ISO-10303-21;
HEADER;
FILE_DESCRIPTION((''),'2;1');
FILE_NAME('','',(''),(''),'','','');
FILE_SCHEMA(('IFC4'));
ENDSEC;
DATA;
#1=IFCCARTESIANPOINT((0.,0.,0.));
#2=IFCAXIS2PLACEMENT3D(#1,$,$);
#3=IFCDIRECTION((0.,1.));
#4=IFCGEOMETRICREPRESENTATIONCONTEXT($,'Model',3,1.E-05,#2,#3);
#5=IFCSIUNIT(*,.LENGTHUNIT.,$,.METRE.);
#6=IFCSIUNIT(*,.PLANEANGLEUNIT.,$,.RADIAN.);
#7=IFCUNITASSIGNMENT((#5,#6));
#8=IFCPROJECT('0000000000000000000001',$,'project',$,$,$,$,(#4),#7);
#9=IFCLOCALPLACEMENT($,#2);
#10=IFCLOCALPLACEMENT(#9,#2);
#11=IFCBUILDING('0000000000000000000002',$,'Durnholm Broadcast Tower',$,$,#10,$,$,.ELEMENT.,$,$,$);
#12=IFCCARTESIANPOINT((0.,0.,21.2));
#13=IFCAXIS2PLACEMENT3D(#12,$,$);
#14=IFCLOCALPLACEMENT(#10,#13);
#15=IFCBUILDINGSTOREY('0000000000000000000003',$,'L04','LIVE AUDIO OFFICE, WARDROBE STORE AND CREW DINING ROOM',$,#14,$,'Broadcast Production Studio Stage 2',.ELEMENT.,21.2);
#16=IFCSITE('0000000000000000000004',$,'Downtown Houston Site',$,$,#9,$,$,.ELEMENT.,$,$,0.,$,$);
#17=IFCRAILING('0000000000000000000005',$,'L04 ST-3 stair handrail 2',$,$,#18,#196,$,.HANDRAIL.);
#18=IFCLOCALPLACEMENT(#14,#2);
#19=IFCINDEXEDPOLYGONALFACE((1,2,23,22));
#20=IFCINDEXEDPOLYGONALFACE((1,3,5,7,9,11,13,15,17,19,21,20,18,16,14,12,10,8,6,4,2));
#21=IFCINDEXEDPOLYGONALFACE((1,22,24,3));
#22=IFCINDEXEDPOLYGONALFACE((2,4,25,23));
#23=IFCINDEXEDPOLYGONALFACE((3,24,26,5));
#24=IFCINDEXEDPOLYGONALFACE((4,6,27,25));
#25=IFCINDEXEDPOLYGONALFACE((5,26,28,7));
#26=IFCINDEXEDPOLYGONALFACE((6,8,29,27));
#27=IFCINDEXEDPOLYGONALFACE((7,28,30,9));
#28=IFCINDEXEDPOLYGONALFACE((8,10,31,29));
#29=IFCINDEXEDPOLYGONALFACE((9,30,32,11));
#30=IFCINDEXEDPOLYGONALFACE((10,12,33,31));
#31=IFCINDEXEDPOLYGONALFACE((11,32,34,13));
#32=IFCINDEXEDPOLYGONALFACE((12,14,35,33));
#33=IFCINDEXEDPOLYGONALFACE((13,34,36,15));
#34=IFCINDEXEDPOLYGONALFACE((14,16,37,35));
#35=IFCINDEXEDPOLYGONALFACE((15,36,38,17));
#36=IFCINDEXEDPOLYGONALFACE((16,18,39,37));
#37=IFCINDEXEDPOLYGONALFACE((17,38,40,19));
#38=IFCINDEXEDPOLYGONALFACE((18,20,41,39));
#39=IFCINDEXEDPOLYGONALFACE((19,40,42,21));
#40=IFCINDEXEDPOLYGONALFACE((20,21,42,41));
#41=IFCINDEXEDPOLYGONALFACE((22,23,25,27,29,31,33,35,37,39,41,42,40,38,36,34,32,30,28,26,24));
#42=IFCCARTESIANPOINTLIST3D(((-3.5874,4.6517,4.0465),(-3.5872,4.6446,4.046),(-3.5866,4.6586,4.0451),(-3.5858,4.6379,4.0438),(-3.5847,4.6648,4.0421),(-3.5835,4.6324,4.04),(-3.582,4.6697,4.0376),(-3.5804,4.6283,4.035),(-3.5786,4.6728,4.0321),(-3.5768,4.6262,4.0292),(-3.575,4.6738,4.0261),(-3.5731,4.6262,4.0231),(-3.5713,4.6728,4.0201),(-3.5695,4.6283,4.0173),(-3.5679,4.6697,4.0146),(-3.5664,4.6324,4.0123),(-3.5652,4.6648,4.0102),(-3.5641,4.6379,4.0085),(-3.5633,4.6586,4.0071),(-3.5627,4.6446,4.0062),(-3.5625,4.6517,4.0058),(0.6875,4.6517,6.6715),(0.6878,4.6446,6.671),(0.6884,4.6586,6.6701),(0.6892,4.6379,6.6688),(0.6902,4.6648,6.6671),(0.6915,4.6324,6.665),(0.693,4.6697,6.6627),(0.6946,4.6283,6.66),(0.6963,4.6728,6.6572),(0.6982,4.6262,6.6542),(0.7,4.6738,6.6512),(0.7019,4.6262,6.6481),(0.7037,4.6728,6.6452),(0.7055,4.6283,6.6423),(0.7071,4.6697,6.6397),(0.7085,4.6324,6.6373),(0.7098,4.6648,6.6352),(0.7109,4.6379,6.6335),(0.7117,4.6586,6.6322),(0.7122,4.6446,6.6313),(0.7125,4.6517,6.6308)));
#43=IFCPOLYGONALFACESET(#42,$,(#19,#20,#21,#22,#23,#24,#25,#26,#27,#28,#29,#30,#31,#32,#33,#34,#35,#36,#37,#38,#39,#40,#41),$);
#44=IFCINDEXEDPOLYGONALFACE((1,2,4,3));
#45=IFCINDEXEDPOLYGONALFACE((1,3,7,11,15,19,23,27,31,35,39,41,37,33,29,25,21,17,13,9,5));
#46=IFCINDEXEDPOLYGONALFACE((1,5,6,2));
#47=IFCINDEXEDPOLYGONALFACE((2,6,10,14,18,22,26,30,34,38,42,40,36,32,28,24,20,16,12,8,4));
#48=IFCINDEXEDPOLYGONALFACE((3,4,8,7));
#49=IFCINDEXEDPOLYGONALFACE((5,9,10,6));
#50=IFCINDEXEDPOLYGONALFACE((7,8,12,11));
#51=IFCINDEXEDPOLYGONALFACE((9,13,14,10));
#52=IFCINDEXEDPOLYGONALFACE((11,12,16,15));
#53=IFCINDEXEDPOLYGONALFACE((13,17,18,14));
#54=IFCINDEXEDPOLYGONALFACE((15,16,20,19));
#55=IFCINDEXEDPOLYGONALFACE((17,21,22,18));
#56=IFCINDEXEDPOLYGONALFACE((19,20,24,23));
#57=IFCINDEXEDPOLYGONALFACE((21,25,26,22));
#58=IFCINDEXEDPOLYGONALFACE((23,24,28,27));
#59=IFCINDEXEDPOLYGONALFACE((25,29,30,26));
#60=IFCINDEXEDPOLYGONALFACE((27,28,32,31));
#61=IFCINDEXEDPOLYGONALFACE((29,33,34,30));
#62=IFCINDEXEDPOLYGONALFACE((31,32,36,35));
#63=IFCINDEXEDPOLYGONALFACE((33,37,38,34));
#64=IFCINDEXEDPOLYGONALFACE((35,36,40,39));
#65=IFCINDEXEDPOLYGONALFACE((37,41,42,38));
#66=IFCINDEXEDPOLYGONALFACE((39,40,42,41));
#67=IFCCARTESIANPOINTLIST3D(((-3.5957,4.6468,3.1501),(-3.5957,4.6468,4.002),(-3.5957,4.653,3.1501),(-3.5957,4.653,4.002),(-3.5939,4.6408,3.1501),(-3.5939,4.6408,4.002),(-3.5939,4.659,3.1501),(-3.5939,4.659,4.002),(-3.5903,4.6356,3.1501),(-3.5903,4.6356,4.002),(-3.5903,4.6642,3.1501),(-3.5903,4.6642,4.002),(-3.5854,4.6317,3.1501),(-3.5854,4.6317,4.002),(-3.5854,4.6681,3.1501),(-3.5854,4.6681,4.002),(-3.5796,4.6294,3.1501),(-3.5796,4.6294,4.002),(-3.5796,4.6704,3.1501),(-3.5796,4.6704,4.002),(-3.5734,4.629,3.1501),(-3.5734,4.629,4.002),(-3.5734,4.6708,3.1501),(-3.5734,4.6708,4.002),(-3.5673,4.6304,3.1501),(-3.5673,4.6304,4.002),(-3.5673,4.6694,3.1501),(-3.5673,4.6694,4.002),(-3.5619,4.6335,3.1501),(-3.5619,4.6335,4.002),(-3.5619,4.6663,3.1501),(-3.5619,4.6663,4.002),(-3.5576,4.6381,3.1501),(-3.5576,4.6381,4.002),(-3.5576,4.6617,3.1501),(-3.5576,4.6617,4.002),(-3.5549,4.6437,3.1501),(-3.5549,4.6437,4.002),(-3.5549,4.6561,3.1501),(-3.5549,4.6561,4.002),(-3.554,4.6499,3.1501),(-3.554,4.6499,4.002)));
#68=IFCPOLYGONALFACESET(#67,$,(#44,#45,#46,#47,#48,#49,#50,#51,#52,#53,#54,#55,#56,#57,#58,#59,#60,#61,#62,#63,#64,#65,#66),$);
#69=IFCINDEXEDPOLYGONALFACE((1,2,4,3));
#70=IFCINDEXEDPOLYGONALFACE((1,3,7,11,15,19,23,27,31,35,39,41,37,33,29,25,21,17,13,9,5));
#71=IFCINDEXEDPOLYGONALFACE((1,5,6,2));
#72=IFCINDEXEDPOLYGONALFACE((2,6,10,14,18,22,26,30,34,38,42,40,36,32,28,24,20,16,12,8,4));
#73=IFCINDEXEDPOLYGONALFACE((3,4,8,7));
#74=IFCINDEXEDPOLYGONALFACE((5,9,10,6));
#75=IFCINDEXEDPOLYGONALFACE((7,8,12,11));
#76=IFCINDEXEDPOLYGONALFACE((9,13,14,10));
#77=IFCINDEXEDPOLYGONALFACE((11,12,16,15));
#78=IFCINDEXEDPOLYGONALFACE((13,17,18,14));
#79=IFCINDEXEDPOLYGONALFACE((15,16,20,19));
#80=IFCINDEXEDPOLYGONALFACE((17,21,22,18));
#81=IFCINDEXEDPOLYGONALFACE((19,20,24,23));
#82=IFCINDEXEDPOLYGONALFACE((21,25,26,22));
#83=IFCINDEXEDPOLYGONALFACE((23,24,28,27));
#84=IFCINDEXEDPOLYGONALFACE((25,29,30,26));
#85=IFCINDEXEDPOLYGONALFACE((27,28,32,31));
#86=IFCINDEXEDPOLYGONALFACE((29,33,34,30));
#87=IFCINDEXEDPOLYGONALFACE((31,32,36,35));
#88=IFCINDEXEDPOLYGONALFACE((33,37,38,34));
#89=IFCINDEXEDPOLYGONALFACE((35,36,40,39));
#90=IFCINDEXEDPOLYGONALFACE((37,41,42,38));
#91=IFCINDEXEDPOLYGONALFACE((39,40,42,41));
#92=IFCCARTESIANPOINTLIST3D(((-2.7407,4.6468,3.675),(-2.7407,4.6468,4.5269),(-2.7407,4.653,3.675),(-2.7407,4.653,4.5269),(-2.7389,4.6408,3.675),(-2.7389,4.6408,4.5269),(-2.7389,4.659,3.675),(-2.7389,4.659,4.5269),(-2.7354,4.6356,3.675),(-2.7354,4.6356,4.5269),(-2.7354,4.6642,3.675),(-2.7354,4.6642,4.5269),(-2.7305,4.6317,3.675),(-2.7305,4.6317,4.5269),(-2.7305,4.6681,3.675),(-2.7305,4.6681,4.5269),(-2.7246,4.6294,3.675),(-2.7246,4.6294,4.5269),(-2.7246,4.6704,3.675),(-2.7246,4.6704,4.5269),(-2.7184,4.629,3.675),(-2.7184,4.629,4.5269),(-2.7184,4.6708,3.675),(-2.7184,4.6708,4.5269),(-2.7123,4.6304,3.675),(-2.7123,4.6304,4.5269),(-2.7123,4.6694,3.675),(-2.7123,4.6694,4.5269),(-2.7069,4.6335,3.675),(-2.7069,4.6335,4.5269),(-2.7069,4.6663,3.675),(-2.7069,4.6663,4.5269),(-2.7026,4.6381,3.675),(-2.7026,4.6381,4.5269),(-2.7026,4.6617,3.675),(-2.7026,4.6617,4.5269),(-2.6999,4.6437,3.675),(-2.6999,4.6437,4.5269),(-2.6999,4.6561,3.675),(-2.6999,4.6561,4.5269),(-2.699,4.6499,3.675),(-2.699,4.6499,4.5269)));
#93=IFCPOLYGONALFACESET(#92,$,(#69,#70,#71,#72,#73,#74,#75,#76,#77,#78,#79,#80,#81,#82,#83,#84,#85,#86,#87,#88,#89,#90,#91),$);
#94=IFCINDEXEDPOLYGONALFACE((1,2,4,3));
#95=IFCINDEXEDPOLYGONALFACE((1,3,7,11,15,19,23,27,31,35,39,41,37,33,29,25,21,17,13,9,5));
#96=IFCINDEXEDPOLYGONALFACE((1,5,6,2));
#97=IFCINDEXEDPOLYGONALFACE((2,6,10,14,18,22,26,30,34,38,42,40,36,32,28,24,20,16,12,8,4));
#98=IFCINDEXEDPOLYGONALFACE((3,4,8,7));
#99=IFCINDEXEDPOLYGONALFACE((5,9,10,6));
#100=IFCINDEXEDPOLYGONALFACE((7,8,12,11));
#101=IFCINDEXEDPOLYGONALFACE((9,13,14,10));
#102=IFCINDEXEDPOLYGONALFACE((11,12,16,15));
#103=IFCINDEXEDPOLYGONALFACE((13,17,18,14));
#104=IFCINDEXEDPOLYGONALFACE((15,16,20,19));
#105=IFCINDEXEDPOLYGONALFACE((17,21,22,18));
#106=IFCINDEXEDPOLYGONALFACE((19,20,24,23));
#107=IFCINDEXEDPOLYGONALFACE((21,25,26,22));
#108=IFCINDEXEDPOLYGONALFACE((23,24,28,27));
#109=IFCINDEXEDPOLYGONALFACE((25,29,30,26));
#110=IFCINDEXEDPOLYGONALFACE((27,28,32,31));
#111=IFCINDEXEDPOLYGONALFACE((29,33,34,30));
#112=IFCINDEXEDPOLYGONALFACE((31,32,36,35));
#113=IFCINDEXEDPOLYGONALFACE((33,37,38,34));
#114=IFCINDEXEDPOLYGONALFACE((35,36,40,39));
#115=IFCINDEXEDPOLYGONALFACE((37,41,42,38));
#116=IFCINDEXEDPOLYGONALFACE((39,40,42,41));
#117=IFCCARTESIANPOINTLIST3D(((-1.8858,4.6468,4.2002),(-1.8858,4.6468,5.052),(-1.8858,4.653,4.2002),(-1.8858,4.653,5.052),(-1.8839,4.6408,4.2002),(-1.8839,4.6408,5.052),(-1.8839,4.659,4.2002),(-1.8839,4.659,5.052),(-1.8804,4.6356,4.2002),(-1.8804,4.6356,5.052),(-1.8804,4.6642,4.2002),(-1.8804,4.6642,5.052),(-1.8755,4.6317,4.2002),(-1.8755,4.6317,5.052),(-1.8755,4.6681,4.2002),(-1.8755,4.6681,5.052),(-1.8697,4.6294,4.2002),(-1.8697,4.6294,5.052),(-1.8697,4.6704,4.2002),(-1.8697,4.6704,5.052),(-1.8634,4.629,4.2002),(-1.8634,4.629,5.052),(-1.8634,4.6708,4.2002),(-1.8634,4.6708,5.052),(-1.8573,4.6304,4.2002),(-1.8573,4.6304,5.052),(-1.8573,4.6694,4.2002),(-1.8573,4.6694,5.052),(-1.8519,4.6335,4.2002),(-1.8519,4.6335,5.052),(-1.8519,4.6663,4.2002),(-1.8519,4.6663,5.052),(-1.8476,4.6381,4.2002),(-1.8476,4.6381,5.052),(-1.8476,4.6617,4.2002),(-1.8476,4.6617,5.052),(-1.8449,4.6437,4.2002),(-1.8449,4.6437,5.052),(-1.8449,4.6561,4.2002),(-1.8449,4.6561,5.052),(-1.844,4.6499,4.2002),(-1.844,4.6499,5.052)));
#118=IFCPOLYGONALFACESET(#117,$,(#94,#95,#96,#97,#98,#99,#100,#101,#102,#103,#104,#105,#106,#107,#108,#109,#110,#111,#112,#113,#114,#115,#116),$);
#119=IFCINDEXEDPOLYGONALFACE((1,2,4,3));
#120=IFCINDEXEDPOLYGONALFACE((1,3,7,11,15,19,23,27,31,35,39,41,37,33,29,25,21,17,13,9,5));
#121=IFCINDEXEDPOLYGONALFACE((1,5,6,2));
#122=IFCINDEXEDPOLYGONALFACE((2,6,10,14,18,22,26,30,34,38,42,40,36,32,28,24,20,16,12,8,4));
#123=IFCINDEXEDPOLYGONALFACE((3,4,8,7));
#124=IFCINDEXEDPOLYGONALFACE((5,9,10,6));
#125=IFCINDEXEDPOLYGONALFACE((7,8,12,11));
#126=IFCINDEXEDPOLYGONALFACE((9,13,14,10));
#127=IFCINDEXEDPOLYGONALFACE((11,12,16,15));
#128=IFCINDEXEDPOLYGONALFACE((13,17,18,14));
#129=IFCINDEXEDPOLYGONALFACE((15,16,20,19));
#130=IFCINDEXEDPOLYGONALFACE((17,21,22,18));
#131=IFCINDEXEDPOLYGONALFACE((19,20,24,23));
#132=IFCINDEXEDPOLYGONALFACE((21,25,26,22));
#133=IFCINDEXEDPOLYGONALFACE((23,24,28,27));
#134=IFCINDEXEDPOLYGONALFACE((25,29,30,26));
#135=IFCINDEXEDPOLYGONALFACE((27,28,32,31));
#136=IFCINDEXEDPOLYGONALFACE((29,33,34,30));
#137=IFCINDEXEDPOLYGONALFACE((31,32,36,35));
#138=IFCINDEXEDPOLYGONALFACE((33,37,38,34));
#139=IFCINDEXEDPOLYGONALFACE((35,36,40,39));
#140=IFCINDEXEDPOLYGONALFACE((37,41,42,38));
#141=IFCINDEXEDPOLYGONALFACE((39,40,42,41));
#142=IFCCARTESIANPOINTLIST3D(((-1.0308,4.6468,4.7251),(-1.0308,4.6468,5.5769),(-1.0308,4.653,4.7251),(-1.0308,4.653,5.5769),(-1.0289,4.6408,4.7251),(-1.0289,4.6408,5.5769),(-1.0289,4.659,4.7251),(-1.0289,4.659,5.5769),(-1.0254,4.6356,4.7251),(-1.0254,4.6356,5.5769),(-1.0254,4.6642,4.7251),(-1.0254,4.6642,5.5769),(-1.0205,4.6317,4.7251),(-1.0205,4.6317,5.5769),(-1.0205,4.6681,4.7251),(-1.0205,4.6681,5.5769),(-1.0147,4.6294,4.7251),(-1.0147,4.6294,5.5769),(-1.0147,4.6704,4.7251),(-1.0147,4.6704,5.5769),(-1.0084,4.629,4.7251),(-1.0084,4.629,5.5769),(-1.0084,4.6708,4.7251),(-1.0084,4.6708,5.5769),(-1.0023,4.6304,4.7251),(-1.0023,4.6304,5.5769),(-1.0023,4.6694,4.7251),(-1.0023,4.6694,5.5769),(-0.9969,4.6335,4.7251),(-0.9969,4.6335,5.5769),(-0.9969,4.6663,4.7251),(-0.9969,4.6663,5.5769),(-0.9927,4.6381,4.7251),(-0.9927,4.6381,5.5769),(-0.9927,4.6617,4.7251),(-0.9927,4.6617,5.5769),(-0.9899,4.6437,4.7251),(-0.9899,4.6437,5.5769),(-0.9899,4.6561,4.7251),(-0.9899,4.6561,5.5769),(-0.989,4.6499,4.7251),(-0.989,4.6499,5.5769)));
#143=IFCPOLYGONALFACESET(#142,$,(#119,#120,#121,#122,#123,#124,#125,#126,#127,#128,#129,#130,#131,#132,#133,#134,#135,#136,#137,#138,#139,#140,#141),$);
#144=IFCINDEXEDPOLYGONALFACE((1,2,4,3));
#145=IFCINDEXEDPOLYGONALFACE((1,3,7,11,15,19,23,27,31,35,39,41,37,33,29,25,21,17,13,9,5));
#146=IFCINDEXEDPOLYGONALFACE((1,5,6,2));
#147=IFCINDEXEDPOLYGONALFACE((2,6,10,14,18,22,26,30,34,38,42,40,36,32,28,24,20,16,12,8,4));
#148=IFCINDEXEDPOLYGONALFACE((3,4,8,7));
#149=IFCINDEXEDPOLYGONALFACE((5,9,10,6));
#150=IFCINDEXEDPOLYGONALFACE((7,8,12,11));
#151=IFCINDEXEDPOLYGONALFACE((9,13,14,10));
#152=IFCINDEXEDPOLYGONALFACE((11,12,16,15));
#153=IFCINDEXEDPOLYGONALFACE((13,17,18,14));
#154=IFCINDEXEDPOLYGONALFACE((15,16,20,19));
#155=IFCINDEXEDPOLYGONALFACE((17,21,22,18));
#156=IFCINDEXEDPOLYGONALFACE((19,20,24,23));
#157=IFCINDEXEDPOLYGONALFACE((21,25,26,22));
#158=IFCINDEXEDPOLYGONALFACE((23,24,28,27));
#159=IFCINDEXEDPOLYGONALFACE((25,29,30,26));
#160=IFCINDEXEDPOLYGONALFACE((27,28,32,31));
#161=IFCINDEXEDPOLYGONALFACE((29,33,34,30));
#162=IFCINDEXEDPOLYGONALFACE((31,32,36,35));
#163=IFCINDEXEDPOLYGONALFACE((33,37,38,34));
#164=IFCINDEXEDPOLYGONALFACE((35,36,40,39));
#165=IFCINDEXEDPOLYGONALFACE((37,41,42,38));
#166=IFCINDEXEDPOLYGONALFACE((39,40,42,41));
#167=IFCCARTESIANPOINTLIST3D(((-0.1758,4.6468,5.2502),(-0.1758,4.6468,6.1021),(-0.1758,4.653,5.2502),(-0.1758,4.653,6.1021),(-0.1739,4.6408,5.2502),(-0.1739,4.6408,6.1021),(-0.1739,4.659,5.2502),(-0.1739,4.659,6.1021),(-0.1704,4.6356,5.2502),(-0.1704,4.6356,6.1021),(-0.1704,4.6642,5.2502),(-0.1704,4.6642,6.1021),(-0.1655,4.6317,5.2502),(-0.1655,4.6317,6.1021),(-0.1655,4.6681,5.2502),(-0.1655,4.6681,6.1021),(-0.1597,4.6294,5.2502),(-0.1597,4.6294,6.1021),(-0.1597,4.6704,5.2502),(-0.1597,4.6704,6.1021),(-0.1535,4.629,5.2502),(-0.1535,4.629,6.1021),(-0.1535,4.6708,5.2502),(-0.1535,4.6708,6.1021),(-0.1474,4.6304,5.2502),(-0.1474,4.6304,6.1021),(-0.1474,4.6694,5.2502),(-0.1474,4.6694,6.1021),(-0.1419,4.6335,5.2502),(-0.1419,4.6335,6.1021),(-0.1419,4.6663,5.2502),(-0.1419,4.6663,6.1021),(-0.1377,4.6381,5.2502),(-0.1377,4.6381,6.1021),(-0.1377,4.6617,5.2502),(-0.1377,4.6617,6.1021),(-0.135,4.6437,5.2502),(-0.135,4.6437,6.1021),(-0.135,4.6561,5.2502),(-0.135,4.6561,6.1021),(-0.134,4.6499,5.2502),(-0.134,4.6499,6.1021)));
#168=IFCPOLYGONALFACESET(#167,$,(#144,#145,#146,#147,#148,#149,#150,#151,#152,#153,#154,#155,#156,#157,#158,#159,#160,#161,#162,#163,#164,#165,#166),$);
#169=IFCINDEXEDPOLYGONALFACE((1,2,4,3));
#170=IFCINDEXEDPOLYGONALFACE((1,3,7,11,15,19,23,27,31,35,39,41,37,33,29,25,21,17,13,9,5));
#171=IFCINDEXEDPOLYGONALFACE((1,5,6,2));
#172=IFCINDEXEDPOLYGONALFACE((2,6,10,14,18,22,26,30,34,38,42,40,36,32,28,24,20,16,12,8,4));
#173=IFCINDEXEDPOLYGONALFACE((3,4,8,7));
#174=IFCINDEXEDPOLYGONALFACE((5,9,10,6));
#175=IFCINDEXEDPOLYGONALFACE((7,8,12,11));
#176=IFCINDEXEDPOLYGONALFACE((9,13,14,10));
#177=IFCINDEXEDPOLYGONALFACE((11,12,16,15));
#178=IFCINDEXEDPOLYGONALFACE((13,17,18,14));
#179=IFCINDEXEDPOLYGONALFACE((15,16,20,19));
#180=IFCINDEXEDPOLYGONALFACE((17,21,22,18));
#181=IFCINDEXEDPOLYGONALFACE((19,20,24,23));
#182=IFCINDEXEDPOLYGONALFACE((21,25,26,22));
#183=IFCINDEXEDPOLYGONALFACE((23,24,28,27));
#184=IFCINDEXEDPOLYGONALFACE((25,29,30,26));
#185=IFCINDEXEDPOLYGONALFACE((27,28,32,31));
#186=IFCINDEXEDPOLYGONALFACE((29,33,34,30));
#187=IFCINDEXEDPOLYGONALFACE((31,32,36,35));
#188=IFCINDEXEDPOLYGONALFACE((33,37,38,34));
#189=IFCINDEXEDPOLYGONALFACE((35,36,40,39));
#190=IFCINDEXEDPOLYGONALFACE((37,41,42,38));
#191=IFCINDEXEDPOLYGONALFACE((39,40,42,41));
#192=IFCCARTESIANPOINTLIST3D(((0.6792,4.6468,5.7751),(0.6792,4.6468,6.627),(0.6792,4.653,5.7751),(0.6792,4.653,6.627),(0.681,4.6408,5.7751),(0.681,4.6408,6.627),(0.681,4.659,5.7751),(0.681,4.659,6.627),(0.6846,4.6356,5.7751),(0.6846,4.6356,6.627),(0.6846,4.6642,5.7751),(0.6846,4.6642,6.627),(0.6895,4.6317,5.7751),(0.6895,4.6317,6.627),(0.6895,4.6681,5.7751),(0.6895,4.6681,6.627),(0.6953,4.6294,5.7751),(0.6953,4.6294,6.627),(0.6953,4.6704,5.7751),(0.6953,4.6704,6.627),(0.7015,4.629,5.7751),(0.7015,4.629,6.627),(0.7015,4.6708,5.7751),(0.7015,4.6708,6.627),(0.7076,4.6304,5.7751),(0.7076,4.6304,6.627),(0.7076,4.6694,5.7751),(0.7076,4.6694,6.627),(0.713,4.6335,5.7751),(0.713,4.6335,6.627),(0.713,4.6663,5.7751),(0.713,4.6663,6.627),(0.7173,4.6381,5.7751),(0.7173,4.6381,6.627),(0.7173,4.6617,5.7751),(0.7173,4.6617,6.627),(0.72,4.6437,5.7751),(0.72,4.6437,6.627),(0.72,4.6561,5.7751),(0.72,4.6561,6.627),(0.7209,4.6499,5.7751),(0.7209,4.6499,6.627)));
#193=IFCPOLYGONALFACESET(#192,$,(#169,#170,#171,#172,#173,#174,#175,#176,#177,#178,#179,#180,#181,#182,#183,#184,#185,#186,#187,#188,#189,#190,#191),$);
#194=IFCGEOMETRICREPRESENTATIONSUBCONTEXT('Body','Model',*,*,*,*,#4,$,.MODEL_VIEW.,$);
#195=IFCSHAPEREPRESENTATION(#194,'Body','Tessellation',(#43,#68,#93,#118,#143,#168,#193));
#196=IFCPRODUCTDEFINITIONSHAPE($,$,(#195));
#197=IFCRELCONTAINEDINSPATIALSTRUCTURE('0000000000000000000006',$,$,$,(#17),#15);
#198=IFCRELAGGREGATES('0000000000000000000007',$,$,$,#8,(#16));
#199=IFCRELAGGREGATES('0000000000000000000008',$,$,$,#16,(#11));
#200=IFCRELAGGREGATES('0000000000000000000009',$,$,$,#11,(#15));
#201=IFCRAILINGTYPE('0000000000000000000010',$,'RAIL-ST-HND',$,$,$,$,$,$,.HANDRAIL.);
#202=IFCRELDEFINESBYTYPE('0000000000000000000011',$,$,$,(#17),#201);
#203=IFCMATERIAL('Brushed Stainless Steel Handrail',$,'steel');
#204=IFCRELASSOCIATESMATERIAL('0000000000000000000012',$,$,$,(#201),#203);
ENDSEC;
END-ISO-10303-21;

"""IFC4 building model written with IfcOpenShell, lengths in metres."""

from ifc_helpers import new_model, si_unit, direction, frame, origin, origin_2d, place, context, subcontext, project, spatial, circle, extrude, material, type_object, element, save


model = new_model("IFC4")

# Units and contexts
model_context = context("Model", 3, precision=1e-05, world=origin(), true_north=direction((0.0, 1.0)))
body_context = subcontext(model_context, "Body", "Model", "MODEL_VIEW")
ifc_project = project(units=[si_unit("LENGTHUNIT", "METRE"), si_unit("PLANEANGLEUNIT", "RADIAN")], contexts=[model_context])

# Site, building, storey
site_placement = place(None, origin())
site = spatial("IfcSite", under=ifc_project, at=site_placement, Name="Downtown Houston Site", CompositionType="ELEMENT", RefElevation=0.0)
building_placement = place(site_placement, origin())
building = spatial("IfcBuilding", under=site, at=building_placement, Name="Durnholm Broadcast Tower", CompositionType="ELEMENT")
storey_placement = place(building_placement, frame((0.0, 0.0, 21.2)))
storey = spatial("IfcBuildingStorey", under=building, at=storey_placement, Name="L04", Description="LIVE AUDIO OFFICE, WARDROBE STORE AND CREW DINING ROOM", LongName="Broadcast Production Studio Stage 2", CompositionType="ELEMENT", Elevation=21.2)

# Railing
ifc_material_1 = material(Name="Brushed Stainless Steel Handrail", Category="steel")
railing_type_1 = type_object("IfcRailingType", Name="RAIL-ST-HND", PredefinedType="HANDRAIL", material=ifc_material_1)
railing_1_placement = place(storey_placement, frame((-3.575, 4.6499, 3.1501)))
element("IfcRailing", 1, at=railing_1_placement, inside=storey, type_object=railing_type_1, Name="L04 ST-3 stair handrail 2", PredefinedType="HANDRAIL", context=body_context, shape_type="SweptSolid", body=[
    extrude(circle(Radius=0.0239, at=origin_2d()), frame((0.0, 0.0, 0.876), z_axis=(0.852166, 0.0, 0.523272), x_axis=(0.0, 1.0, 0.0)), (0.0, 0.0, 1.0), 5.0166),
    extrude(circle(Radius=0.021, at=origin_2d()), origin(), (0.0, 0.0, 1.0), 0.8518),
    extrude(circle(Radius=0.021, at=origin_2d()), frame((0.855, 0.0, 0.5249)), (0.0, 0.0, 1.0), 0.8518),
    extrude(circle(Radius=0.021, at=origin_2d()), frame((1.71, 0.0, 1.05)), (0.0, 0.0, 1.0), 0.8518),
    extrude(circle(Radius=0.021, at=origin_2d()), frame((2.5649, 0.0, 1.575)), (0.0, 0.0, 1.0), 0.8518),
    extrude(circle(Radius=0.021, at=origin_2d()), frame((3.4199, 0.0, 2.1001)), (0.0, 0.0, 1.0), 0.8518),
    extrude(circle(Radius=0.021, at=origin_2d()), frame((4.2749, 0.0, 2.625)), (0.0, 0.0, 1.0), 0.8518),
])

save(model, "model.ifc")
